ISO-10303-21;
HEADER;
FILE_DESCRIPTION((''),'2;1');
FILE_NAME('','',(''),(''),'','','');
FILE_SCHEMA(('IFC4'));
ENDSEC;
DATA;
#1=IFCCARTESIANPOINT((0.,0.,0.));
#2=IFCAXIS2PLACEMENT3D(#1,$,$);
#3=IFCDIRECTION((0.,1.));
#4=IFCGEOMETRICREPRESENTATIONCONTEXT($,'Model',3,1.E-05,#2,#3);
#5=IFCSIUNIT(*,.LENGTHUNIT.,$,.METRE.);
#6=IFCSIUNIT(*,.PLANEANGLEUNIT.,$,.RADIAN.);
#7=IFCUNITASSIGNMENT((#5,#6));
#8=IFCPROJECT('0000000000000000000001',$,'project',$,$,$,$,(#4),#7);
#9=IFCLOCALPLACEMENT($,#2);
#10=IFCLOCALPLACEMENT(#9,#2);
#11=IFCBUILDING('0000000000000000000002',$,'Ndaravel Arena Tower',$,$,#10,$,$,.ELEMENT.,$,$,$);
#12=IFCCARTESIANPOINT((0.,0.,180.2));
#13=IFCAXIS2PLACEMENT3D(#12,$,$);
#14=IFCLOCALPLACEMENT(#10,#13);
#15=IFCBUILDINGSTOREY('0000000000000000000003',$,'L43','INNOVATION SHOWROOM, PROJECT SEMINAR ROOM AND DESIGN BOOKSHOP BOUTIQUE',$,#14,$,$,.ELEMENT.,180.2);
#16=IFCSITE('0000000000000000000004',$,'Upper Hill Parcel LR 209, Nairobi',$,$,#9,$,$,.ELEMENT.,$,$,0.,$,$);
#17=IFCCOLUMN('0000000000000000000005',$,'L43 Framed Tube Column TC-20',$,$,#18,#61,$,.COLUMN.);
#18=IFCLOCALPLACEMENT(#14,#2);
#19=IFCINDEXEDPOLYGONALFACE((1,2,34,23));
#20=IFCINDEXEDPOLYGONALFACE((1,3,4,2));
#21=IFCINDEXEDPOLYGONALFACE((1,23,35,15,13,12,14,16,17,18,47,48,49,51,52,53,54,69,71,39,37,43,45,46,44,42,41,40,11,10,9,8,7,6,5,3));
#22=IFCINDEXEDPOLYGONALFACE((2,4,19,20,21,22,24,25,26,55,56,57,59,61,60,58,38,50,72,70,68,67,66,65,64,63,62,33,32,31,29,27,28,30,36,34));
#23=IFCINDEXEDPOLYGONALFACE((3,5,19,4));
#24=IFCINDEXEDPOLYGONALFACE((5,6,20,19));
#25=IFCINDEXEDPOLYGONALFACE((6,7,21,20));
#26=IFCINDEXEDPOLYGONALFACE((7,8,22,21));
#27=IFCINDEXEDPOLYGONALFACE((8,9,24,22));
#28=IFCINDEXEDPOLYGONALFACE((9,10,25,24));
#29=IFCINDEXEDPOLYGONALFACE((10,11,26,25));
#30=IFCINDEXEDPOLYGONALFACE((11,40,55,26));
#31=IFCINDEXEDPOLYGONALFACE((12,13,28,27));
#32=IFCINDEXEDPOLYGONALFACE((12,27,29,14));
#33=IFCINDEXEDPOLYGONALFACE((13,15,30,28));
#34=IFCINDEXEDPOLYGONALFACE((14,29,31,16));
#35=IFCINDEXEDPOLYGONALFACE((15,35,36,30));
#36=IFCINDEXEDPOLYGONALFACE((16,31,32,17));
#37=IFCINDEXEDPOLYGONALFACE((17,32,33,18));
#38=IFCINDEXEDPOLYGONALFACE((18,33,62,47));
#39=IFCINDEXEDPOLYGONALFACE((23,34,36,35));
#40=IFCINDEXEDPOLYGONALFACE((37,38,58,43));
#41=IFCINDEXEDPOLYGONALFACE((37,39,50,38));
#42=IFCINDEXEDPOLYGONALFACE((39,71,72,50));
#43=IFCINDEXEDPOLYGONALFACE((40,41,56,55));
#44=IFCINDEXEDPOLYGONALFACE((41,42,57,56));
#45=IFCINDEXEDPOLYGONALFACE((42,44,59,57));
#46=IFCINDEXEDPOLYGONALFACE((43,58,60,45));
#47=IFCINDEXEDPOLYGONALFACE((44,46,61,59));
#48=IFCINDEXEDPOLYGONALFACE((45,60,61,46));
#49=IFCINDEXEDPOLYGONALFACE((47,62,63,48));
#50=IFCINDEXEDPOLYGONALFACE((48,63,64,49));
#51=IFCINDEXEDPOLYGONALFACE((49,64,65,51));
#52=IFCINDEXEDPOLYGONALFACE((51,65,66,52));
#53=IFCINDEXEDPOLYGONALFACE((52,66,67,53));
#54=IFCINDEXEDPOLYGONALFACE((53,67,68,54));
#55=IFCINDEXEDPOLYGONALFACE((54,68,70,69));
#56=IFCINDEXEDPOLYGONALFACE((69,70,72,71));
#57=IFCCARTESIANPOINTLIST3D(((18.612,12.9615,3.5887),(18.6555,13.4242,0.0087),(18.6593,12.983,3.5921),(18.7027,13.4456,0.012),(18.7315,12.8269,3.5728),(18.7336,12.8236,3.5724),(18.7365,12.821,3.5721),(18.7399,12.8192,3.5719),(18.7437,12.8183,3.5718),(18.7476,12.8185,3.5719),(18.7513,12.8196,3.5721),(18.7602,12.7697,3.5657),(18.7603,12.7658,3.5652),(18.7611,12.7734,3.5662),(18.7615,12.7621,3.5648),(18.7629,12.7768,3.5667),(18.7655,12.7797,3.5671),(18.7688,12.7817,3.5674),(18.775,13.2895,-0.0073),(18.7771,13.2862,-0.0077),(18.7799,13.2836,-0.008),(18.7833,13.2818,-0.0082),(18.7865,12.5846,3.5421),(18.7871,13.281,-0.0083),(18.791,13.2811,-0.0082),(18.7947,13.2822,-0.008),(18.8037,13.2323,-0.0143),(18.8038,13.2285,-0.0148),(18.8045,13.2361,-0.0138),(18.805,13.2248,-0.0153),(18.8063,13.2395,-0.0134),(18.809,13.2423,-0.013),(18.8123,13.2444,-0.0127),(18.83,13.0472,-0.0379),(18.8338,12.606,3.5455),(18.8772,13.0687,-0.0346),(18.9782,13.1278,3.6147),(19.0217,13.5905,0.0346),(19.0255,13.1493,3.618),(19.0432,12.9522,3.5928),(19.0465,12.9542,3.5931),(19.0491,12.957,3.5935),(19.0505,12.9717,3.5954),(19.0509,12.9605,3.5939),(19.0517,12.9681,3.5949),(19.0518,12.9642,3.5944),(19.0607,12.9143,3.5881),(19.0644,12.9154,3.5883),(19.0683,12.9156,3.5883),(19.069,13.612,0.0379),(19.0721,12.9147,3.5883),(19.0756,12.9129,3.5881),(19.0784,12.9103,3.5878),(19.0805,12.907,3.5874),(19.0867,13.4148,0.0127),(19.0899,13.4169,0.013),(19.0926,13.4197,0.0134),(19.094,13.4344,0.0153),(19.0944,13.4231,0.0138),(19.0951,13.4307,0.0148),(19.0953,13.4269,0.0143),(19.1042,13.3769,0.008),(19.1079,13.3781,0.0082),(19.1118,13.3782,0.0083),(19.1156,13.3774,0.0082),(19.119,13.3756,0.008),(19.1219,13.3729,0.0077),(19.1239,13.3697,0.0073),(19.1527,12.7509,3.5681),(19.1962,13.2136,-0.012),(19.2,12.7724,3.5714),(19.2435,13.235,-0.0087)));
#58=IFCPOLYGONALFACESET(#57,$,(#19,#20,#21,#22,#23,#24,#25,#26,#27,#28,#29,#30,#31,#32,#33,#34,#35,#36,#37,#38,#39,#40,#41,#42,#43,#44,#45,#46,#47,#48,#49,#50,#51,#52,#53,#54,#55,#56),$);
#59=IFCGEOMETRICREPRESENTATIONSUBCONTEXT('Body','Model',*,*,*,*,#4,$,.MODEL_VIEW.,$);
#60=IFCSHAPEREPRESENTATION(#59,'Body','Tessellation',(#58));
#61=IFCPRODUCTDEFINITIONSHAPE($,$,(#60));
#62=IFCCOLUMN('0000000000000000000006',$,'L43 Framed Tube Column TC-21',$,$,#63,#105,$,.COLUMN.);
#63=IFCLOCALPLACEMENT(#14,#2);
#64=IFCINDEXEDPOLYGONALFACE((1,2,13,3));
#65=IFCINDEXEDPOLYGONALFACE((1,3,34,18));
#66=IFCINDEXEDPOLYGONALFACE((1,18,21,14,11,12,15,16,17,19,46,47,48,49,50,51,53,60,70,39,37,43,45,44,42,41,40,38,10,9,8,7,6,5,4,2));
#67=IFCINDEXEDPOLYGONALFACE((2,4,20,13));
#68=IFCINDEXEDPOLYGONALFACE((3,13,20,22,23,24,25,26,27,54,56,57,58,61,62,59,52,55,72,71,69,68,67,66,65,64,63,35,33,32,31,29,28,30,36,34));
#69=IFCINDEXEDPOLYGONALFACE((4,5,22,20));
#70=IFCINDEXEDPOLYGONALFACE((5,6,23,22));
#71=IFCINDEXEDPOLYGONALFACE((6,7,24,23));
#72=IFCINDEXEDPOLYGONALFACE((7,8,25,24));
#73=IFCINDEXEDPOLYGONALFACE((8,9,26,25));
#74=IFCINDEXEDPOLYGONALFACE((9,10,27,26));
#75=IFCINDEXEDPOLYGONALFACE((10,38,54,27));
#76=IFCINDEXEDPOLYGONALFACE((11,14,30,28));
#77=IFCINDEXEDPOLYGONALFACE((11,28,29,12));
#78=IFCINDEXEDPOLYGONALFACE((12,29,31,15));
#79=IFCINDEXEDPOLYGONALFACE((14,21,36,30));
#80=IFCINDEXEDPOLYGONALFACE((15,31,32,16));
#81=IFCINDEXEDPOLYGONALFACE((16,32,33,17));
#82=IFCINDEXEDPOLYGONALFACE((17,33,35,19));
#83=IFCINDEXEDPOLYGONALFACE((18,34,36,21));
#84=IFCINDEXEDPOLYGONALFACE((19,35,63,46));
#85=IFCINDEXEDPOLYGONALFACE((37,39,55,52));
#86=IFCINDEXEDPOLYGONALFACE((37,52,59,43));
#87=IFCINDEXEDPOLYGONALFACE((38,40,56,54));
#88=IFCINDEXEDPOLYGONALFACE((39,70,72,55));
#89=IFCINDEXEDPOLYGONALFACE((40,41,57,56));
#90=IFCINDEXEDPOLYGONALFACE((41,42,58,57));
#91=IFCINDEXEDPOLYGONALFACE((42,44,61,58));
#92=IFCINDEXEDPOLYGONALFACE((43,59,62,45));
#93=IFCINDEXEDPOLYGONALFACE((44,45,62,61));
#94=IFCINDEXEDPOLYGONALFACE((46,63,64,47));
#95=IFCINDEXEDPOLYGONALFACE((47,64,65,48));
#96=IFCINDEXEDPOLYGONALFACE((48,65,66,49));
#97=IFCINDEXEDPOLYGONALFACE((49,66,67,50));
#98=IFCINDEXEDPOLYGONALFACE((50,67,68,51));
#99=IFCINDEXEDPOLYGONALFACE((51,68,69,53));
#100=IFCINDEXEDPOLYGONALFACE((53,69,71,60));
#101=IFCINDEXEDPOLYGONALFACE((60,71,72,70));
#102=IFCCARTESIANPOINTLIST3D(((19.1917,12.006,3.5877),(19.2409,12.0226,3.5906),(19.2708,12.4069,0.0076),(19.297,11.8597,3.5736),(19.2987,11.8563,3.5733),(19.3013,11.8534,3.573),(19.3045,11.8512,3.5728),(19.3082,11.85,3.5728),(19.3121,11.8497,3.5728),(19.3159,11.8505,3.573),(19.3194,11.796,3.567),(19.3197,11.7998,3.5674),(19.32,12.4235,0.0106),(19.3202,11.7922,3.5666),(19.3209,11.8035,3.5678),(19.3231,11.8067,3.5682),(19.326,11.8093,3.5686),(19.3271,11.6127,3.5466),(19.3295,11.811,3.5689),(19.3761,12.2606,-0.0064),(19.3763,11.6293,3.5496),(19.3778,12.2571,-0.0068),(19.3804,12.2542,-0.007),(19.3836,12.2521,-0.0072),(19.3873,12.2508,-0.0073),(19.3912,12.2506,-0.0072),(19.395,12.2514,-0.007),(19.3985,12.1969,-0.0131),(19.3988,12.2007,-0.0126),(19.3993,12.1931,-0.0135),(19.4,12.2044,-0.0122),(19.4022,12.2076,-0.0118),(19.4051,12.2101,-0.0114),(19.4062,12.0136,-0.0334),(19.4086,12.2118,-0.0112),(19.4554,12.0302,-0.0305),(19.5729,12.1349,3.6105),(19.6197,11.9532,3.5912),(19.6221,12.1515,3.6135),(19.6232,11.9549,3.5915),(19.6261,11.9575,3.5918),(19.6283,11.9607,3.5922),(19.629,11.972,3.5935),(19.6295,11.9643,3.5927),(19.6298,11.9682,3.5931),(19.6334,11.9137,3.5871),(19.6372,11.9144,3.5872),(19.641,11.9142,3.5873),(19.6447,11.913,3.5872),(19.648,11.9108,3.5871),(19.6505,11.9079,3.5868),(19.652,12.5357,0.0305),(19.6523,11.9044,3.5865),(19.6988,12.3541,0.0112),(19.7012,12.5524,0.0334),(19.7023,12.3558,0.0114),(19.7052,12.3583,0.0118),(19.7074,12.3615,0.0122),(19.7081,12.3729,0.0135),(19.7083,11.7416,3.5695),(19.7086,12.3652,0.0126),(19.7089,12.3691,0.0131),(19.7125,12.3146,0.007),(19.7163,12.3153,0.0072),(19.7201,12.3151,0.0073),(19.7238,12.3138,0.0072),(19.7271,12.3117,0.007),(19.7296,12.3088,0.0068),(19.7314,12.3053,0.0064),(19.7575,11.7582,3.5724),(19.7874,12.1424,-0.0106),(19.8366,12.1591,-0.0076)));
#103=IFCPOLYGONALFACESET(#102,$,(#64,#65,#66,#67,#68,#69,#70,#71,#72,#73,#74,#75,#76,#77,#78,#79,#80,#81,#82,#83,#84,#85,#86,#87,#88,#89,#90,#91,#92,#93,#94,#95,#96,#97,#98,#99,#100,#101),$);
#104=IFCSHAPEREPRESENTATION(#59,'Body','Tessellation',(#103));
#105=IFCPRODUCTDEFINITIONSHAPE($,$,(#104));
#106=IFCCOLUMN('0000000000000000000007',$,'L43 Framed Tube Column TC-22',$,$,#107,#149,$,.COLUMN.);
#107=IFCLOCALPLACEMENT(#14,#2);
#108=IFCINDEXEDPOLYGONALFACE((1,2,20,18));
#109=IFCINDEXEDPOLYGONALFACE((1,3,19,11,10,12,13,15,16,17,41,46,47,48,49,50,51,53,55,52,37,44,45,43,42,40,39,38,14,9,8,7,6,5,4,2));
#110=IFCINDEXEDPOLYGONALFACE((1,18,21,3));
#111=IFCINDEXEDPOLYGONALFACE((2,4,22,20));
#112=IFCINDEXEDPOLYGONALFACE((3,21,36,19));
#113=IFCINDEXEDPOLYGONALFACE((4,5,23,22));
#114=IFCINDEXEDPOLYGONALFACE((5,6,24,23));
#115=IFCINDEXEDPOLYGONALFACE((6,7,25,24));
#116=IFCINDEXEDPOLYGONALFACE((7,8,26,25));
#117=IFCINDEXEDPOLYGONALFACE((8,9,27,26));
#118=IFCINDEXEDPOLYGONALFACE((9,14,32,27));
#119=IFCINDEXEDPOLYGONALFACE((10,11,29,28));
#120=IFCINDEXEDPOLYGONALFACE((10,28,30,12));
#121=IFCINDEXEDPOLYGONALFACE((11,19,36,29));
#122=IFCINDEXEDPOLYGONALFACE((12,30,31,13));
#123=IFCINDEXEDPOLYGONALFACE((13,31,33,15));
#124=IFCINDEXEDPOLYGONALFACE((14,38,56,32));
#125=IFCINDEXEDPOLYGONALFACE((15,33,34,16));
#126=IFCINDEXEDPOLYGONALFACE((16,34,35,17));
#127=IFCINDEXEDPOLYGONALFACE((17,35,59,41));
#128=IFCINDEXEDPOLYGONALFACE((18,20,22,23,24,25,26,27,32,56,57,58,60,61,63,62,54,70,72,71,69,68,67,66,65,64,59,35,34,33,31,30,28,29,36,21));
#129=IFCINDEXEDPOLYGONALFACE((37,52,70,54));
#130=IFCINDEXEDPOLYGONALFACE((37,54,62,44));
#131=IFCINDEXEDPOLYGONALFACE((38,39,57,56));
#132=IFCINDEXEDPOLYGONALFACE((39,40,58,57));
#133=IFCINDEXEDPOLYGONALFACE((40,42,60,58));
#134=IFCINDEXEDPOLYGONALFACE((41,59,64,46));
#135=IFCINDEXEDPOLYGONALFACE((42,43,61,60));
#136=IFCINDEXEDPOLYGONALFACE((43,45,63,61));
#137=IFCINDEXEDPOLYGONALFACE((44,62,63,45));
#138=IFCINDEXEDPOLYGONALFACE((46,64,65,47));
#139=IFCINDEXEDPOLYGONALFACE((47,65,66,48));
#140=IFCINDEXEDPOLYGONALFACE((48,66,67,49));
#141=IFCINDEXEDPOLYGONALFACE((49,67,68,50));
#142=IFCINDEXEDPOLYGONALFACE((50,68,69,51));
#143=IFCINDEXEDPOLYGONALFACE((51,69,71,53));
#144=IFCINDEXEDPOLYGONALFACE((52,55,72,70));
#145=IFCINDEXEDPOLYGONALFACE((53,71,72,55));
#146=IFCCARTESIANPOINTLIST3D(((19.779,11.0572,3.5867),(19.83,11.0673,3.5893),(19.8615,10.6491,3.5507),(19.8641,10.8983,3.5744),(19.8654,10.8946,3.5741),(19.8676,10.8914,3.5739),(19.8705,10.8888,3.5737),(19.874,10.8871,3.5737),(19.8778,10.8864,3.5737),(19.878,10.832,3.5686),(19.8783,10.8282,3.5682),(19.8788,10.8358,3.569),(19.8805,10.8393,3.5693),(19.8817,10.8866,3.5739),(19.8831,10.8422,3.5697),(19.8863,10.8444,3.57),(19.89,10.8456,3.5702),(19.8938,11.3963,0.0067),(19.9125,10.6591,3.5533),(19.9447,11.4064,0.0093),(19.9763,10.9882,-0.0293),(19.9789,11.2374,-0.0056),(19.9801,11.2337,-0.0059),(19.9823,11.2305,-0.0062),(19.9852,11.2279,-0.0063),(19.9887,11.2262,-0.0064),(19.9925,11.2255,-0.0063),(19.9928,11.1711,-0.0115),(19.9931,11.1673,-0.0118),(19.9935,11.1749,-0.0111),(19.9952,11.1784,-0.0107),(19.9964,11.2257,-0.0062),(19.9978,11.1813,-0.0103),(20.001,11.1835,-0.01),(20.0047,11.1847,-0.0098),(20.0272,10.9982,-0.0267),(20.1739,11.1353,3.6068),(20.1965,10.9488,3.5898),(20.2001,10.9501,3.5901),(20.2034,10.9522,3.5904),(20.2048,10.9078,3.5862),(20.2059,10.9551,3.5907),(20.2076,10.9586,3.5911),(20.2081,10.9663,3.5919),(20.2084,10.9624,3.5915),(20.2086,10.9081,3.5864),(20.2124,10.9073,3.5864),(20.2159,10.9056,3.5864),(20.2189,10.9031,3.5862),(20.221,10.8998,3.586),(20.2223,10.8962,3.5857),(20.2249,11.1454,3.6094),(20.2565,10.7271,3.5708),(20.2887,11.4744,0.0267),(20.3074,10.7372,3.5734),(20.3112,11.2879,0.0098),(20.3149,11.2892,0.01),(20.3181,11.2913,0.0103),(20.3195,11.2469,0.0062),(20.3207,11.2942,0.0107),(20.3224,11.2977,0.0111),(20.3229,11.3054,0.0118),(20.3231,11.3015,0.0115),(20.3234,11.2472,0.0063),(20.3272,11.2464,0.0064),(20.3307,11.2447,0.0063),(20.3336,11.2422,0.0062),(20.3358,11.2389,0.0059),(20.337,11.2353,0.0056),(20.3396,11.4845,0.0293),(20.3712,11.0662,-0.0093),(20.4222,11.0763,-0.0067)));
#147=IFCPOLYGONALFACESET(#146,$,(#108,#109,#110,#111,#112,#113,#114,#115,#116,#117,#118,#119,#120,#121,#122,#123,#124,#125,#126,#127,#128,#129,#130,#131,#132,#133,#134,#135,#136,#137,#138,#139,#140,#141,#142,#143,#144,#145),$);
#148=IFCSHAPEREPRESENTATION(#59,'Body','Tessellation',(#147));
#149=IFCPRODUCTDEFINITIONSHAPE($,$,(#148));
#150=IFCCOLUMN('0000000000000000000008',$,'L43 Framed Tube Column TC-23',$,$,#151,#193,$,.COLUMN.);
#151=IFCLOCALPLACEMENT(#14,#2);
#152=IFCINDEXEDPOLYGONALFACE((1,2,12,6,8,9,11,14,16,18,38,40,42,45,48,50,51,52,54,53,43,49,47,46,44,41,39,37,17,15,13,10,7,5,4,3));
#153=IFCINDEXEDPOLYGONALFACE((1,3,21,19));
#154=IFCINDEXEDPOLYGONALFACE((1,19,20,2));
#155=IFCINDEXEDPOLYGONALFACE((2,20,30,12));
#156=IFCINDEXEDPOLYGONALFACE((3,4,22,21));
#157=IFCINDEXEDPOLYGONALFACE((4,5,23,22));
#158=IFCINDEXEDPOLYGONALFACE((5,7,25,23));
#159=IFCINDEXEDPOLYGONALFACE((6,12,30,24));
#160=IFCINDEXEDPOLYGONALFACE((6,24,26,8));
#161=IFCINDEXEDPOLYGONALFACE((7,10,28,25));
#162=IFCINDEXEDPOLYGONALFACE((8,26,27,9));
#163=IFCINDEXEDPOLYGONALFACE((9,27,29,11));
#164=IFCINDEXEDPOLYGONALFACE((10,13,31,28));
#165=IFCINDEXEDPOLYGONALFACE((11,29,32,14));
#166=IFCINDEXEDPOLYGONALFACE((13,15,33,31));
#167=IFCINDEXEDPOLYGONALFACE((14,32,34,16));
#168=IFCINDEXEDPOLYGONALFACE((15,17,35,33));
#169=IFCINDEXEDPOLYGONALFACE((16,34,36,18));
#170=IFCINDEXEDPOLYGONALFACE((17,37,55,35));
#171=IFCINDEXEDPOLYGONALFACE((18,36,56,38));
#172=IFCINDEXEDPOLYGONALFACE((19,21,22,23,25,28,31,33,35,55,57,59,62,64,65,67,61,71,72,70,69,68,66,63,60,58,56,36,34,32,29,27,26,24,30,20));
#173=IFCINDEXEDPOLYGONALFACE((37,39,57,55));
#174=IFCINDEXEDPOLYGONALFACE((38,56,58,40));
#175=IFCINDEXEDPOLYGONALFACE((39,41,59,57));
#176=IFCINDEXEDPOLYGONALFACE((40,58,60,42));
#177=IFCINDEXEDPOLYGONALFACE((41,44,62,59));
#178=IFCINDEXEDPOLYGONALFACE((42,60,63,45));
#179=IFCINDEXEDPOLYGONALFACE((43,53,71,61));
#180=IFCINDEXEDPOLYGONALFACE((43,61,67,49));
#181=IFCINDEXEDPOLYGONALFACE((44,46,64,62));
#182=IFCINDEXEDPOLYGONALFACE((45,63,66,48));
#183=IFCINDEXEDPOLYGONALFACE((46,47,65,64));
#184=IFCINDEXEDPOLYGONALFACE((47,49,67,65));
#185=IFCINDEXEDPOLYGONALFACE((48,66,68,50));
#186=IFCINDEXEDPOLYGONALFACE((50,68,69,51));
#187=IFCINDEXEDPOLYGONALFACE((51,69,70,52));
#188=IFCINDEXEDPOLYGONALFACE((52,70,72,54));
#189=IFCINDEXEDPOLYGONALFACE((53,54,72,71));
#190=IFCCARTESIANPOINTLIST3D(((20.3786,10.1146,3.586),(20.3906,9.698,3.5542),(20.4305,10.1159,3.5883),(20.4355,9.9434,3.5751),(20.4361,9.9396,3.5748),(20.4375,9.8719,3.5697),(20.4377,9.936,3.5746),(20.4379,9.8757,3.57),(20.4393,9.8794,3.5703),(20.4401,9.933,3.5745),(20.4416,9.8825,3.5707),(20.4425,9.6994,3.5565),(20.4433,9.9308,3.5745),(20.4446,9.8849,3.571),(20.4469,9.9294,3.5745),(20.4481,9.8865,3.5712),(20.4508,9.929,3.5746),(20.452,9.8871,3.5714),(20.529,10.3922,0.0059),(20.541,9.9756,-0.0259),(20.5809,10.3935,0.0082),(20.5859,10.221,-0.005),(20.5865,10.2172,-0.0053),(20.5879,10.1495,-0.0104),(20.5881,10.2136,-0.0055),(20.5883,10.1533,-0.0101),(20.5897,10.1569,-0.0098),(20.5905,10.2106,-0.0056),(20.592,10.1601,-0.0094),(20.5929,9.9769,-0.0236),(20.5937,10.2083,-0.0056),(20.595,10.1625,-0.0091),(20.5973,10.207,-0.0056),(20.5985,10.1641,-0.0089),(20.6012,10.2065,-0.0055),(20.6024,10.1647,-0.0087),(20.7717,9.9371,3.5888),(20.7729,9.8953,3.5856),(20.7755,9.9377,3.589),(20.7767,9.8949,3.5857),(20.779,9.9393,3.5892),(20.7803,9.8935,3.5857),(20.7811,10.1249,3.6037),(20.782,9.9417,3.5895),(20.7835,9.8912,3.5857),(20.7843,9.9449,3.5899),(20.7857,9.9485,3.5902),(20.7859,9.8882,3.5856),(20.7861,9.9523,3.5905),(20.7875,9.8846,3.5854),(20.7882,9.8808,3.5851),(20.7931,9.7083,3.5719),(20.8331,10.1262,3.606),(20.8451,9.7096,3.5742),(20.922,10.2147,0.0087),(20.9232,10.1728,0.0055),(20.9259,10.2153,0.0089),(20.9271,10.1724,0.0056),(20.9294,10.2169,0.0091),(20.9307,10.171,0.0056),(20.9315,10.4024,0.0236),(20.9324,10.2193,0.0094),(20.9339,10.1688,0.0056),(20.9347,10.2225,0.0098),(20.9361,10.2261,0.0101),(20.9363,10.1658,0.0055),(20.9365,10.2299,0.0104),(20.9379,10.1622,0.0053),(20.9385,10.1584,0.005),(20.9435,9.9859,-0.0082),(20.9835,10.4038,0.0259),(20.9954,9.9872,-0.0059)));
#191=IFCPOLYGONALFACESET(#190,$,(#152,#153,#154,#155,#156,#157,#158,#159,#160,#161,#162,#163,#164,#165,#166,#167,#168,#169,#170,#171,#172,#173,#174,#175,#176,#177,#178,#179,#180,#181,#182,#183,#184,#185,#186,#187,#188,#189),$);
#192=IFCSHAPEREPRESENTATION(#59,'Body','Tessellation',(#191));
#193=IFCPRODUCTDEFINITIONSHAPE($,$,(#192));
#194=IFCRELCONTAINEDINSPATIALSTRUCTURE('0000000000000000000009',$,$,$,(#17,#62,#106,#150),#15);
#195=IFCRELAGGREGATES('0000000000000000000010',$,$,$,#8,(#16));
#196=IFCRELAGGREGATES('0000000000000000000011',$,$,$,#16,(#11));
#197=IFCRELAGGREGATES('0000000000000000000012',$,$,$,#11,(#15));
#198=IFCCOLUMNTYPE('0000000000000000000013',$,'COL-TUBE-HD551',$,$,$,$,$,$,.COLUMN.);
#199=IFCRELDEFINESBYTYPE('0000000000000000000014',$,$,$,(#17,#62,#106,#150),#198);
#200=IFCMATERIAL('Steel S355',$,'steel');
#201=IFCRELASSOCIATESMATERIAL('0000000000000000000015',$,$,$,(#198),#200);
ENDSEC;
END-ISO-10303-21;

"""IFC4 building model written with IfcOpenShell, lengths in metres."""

from ifc_helpers import new_model, si_unit, direction, frame, origin, origin_2d, place, context, subcontext, project, spatial, i_section, extrude, material, material_profile, profile_set, type_object, element, save


model = new_model("IFC4")

# Units and contexts
model_context = context("Model", 3, precision=1e-05, world=origin(), true_north=direction((0.0, 1.0)))
body_context = subcontext(model_context, "Body", "Model", "MODEL_VIEW")
ifc_project = project(units=[si_unit("LENGTHUNIT", "METRE"), si_unit("PLANEANGLEUNIT", "RADIAN")], contexts=[model_context])

# Site, building, storey
site_placement = place(None, origin())
site = spatial("IfcSite", under=ifc_project, at=site_placement, Name="Upper Hill Parcel LR 209, Nairobi", CompositionType="ELEMENT", RefElevation=0.0)
building_placement = place(site_placement, origin())
building = spatial("IfcBuilding", under=site, at=building_placement, Name="Ndaravel Arena Tower", CompositionType="ELEMENT")
storey_placement = place(building_placement, frame((0.0, 0.0, 180.2)))
storey = spatial("IfcBuildingStorey", under=building, at=storey_placement, Name="L43", Description="INNOVATION SHOWROOM, PROJECT SEMINAR ROOM AND DESIGN BOOKSHOP BOUTIQUE", CompositionType="ELEMENT", Elevation=180.2)

# Columns
ifc_material_1 = material(Name="Steel S355", Category="steel")
ifc_material_profile_1 = material_profile(ifc_material_1, i_section(OverallWidth=0.418, OverallDepth=0.4551, WebThickness=0.042, FlangeThickness=0.052, FilletRadius=0.0149, at=origin_2d()), Name="HD 400x551")
ifc_profile_set_1 = profile_set([ifc_material_profile_1], Name="Steel S355")
column_type = type_object("IfcColumnType", Name="COL-TUBE-HD551", PredefinedType="COLUMN", material=ifc_profile_set_1)
column_1_placement = place(storey_placement, frame((18.9495, 13.3296, 0.0), z_axis=(-0.012038, -0.128153, 0.991681), x_axis=(-0.417492, 0.901817, 0.111472)))
element("IfcColumn", 1, at=column_1_placement, inside=storey, type_object=column_type, Name="L43 Framed Tube Column TC-20", PredefinedType="COLUMN", context=body_context, shape_type="SweptSolid", body=[
    extrude(i_section(OverallWidth=0.418, OverallDepth=0.4551, WebThickness=0.042, FlangeThickness=0.052, FilletRadius=0.0149, at=origin_2d()), origin(), (0.0, 0.0, 1.0), 3.6101),
])
column_2_placement = place(storey_placement, frame((19.5537, 12.283, 0.0), z_axis=(-0.021952, -0.111253, 0.99355), x_axis=(-0.323971, 0.940956, 0.098205)))
element("IfcColumn", 2, at=column_2_placement, inside=storey, type_object=column_type, Name="L43 Framed Tube Column TC-21", PredefinedType="COLUMN", context=body_context, shape_type="SweptSolid", body=[
    extrude(i_section(OverallWidth=0.418, OverallDepth=0.4551, WebThickness=0.042, FlangeThickness=0.052, FilletRadius=0.0149, at=origin_2d()), origin(), (0.0, 0.0, 1.0), 3.6033),
])
column_3_placement = place(storey_placement, frame((20.158, 11.2363, 0.0), z_axis=(-0.031892, -0.094252, 0.995037), x_axis=(-0.197419, 0.976525, 0.086171)))
element("IfcColumn", 3, at=column_3_placement, inside=storey, type_object=column_type, Name="L43 Framed Tube Column TC-22", PredefinedType="COLUMN", context=body_context, shape_type="SweptSolid", body=[
    extrude(i_section(OverallWidth=0.418, OverallDepth=0.4551, WebThickness=0.042, FlangeThickness=0.052, FilletRadius=0.0149, at=origin_2d()), origin(), (0.0, 0.0, 1.0), 3.5979),
])
column_4_placement = place(storey_placement, frame((20.7622, 10.1897, 0.0), z_axis=(-0.041845, -0.077237, 0.996134), x_axis=(-0.028682, 0.996689, 0.076075)))
element("IfcColumn", 4, at=column_4_placement, inside=storey, type_object=column_type, Name="L43 Framed Tube Column TC-23", PredefinedType="COLUMN", context=body_context, shape_type="SweptSolid", body=[
    extrude(i_section(OverallWidth=0.418, OverallDepth=0.4551, WebThickness=0.042, FlangeThickness=0.052, FilletRadius=0.0149, at=origin_2d()), origin(), (0.0, 0.0, 1.0), 3.594),
])

save(model, "model.ifc")
